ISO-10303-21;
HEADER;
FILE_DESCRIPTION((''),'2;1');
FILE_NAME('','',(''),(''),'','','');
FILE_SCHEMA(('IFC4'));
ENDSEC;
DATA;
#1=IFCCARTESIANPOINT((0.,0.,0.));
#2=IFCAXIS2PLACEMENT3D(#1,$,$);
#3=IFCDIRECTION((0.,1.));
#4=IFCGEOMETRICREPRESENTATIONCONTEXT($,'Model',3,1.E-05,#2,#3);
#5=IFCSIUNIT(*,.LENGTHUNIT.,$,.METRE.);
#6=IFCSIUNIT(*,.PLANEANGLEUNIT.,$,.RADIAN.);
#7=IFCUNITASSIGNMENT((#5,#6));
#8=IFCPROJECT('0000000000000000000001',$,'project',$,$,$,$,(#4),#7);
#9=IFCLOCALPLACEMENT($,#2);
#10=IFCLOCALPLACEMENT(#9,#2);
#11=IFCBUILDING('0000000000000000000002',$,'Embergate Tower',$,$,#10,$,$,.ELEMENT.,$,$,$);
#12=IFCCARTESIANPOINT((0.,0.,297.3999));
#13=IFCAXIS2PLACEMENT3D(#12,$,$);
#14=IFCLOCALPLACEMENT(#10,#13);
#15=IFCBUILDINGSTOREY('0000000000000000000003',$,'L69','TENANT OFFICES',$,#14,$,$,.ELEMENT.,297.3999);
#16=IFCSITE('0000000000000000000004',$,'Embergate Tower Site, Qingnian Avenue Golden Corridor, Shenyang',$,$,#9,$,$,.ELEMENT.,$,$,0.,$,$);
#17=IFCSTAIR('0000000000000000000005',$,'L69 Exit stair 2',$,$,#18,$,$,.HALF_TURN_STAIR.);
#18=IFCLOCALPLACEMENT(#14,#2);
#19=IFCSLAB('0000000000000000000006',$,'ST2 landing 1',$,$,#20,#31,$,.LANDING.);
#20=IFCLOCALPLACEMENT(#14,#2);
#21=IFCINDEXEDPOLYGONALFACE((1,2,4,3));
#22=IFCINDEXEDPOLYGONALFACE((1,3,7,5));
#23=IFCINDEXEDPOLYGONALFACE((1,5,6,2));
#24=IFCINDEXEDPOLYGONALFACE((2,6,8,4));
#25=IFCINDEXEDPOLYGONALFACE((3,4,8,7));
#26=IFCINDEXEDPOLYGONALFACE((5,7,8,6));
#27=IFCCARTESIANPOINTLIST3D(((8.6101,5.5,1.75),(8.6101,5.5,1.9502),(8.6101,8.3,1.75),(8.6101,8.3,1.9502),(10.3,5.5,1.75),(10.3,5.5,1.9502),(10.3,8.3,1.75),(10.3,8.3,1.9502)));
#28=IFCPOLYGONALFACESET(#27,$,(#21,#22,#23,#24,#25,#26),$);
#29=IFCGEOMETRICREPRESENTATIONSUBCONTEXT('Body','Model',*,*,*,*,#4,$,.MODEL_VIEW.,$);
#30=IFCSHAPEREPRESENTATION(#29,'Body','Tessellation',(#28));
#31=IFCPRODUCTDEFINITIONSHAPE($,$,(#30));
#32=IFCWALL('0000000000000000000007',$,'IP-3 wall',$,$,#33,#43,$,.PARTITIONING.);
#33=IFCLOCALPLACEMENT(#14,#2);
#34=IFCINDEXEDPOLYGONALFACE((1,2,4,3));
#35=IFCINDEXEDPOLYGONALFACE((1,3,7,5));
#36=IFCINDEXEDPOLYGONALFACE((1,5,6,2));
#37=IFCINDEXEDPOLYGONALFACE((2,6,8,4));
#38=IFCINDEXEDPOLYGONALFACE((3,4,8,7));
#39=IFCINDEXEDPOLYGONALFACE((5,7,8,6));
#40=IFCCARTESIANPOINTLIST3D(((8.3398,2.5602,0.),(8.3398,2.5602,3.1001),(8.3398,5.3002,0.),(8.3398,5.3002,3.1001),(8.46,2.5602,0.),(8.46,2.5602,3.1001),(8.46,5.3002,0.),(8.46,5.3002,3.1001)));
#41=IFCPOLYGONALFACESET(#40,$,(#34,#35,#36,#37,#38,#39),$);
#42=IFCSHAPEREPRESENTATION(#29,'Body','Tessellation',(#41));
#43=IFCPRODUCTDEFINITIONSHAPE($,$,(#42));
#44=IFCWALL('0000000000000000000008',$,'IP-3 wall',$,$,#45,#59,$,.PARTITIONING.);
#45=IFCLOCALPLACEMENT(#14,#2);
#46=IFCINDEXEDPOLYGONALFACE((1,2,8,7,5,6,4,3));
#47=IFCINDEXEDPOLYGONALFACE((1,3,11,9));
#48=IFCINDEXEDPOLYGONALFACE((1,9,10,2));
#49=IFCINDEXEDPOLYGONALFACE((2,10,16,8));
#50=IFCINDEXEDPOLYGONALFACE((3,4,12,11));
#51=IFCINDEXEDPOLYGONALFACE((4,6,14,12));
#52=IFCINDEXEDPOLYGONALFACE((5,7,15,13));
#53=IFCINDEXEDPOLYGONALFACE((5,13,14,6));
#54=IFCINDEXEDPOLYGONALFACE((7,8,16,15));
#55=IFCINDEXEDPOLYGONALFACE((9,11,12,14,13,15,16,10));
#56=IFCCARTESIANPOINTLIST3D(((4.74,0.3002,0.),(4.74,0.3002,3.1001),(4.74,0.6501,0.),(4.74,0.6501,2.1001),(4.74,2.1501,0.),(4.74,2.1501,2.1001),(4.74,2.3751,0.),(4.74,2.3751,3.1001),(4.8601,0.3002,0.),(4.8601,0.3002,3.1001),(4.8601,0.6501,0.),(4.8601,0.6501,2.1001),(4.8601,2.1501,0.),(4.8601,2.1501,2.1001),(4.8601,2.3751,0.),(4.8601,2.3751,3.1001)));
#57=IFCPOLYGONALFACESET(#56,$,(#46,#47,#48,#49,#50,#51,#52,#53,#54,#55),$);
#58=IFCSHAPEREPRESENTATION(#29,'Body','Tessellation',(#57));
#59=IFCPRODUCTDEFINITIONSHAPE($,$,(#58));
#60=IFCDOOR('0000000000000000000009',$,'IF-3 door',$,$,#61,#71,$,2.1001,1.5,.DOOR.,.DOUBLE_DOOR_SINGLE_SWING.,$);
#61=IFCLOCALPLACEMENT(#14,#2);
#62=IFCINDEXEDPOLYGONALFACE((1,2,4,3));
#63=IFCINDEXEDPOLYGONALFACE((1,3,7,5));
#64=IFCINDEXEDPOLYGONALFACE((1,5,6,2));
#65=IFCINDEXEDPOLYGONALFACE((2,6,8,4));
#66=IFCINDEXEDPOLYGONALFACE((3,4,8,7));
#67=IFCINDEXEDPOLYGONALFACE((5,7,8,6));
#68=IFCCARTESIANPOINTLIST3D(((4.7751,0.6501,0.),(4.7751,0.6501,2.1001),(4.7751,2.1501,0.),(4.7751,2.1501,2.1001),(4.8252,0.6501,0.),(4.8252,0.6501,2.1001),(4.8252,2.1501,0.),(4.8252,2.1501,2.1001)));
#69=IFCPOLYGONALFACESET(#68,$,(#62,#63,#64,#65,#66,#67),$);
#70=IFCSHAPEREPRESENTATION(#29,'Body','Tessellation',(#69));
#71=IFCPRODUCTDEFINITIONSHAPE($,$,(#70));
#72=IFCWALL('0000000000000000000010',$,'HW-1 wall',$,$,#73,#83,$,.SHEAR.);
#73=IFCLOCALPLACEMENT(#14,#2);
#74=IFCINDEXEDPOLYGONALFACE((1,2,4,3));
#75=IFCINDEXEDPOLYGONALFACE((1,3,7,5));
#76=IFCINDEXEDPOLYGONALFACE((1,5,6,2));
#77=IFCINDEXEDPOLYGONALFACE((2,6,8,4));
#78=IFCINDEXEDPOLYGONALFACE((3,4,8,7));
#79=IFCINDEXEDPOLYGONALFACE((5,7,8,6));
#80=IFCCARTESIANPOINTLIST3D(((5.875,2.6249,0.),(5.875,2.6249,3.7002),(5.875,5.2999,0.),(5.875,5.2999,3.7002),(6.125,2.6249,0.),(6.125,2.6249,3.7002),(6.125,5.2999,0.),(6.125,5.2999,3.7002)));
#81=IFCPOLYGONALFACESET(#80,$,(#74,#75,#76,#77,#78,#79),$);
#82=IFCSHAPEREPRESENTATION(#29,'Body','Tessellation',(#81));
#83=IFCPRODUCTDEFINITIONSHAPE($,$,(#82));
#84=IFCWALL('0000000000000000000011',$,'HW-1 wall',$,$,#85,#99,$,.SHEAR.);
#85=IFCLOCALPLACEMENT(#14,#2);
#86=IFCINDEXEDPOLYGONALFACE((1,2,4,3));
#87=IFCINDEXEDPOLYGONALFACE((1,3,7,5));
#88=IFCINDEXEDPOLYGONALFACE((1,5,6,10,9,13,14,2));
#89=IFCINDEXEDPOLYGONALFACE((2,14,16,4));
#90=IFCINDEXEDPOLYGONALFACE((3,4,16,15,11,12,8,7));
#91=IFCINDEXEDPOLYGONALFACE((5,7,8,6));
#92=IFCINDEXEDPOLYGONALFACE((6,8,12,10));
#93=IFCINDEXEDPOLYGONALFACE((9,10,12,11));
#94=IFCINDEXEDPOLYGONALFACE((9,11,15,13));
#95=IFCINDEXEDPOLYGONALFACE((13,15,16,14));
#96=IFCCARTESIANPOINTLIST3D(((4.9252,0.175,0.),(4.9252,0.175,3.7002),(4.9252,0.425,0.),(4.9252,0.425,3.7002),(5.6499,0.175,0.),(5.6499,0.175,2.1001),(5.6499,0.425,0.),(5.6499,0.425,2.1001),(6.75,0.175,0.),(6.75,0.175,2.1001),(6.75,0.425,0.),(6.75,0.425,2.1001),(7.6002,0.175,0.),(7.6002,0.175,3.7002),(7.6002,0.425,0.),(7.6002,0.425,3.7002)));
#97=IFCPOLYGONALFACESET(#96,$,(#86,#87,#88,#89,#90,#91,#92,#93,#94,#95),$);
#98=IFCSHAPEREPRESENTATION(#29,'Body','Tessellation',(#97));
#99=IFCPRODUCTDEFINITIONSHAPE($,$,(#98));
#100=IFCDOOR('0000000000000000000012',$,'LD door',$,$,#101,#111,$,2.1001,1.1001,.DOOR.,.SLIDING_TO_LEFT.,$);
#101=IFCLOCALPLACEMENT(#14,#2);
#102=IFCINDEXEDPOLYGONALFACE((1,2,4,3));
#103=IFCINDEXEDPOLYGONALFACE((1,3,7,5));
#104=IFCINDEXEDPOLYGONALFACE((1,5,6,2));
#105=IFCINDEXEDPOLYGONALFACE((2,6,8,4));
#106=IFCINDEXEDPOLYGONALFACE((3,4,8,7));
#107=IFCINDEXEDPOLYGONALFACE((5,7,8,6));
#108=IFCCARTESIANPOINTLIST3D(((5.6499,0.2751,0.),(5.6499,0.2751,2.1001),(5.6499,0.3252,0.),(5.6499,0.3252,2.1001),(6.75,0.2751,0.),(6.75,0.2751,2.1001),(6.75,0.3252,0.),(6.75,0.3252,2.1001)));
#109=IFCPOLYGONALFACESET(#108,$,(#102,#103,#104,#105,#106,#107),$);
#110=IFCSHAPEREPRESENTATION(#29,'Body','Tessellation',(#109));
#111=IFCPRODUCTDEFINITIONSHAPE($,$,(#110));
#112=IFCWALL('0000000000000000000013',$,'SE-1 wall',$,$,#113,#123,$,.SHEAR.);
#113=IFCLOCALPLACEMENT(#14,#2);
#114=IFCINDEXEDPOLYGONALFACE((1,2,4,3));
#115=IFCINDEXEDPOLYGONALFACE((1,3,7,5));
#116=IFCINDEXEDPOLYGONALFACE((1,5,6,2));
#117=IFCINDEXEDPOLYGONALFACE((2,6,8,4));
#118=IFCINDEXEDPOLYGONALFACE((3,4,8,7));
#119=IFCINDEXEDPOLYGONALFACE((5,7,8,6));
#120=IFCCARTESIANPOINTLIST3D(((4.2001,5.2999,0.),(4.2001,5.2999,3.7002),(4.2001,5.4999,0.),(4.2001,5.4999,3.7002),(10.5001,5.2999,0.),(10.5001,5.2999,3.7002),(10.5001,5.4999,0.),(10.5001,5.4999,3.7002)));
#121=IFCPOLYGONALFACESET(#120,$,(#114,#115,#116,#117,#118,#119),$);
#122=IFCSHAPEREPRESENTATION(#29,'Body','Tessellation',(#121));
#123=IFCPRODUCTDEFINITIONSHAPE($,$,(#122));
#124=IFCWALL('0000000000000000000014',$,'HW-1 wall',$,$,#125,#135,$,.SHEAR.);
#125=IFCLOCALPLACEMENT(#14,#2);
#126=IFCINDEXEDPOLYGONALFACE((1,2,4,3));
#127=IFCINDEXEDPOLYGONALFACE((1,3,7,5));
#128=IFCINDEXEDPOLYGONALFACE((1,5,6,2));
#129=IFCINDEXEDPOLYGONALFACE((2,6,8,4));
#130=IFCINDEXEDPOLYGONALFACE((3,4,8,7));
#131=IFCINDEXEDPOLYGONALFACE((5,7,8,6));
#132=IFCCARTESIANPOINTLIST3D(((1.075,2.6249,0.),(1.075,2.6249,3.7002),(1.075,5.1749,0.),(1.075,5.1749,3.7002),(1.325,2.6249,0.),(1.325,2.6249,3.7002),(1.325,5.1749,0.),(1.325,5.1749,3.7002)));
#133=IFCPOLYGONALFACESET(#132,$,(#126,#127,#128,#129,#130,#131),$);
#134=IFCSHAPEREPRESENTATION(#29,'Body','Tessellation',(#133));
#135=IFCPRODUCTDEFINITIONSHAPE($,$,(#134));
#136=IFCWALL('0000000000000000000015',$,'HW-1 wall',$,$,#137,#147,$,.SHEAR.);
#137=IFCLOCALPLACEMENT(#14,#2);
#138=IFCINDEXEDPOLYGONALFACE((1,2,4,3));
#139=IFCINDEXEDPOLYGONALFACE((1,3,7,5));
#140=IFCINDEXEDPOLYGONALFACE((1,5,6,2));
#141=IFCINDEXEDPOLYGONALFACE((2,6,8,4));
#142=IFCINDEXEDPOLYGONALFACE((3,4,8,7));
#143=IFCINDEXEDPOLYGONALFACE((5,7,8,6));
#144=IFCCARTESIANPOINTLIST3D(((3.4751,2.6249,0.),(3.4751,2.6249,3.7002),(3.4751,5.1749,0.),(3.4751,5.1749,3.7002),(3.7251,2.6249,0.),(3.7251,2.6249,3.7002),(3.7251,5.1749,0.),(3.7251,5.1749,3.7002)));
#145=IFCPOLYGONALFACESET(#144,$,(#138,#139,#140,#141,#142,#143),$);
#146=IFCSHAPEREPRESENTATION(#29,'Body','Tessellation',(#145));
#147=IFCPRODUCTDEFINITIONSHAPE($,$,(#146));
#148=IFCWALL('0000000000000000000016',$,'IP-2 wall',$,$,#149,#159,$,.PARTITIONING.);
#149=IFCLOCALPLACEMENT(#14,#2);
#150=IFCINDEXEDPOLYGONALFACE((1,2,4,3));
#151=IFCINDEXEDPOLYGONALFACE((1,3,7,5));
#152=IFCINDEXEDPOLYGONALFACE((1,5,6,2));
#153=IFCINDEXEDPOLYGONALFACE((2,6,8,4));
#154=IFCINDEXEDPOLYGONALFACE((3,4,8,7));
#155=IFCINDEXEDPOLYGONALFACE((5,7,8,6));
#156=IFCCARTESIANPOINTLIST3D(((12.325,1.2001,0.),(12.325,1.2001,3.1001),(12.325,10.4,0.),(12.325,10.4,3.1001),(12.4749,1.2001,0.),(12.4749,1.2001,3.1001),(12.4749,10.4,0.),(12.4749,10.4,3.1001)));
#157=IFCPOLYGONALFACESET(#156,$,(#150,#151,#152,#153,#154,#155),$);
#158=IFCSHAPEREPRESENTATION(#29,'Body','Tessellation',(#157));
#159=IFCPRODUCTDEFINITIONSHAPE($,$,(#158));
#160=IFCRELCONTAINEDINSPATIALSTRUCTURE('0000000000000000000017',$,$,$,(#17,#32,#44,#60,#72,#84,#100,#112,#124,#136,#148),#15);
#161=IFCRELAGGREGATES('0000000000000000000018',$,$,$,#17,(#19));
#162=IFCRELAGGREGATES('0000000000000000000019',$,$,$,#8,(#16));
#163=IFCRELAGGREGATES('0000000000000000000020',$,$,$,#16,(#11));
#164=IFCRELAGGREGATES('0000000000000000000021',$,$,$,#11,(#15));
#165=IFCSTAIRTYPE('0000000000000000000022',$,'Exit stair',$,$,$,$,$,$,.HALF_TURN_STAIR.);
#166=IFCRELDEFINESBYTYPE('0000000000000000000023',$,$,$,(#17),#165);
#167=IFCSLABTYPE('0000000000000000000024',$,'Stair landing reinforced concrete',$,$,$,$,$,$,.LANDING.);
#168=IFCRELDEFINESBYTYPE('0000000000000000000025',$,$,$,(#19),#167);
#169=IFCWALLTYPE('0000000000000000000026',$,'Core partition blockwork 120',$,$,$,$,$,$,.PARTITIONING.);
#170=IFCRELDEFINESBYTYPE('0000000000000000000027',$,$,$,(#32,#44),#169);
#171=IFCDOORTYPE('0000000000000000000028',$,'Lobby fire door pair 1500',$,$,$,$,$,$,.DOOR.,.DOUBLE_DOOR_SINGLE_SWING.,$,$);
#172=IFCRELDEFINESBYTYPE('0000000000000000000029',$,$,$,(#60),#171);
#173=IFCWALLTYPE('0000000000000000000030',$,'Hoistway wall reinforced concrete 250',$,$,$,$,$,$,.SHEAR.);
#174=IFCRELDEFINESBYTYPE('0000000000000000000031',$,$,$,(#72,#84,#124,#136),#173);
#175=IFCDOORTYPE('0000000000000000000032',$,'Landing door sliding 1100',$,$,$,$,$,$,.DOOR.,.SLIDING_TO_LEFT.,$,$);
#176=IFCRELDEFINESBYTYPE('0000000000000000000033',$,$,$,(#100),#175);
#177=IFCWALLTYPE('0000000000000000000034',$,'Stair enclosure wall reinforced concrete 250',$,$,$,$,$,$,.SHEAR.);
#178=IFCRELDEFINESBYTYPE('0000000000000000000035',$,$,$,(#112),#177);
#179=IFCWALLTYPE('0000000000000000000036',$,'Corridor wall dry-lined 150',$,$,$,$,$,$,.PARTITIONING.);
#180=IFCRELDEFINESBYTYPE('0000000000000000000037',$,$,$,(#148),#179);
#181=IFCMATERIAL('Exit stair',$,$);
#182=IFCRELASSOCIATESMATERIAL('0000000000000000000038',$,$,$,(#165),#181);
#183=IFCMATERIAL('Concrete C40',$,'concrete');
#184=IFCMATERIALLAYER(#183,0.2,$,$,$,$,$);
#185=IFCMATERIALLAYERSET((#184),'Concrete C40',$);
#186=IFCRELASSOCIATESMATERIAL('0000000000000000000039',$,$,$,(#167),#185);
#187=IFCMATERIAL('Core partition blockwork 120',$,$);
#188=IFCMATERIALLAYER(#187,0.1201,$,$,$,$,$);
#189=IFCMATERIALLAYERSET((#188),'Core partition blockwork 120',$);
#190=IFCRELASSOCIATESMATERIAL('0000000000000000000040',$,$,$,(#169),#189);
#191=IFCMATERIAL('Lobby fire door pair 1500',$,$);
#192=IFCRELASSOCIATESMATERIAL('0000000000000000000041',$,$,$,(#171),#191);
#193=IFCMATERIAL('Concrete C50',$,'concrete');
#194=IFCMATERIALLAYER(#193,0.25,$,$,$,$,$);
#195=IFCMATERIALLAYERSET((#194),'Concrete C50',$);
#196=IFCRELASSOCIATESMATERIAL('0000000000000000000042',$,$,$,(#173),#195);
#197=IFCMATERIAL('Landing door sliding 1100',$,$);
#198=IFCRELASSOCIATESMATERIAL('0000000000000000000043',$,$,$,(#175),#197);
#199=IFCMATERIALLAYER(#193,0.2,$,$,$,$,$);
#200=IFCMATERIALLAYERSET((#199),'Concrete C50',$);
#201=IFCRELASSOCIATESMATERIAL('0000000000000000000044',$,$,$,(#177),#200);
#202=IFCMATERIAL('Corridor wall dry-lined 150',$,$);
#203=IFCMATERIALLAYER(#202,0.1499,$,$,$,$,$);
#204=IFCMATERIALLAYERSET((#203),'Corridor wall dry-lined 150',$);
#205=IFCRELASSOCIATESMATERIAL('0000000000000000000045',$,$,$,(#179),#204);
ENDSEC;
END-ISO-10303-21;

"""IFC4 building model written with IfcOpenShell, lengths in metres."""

from ifc_helpers import new_model, si_unit, direction, frame, frame_2d, origin, place, context, subcontext, project, spatial, polyline, rectangle, outline, extrude, source, transform, mapped, material, layer, layer_set, type_object, element, fill, aggregate, save


model = new_model("IFC4")

# Units and contexts
model_context = context("Model", 3, precision=1e-05, world=origin(), true_north=direction((0.0, 1.0)))
body_context = subcontext(model_context, "Body", "Model", "MODEL_VIEW")
ifc_project = project(units=[si_unit("LENGTHUNIT", "METRE"), si_unit("PLANEANGLEUNIT", "RADIAN")], contexts=[model_context])

# Site, building, storey
site_placement = place(None, origin())
site = spatial("IfcSite", under=ifc_project, at=site_placement, Name="Embergate Tower Site, Qingnian Avenue Golden Corridor, Shenyang", CompositionType="ELEMENT", RefElevation=0.0)
building_placement = place(site_placement, origin())
building = spatial("IfcBuilding", under=site, at=building_placement, Name="Embergate Tower", CompositionType="ELEMENT")
storey_placement = place(building_placement, frame((0.0, 0.0, 297.3999)))
storey = spatial("IfcBuildingStorey", under=building, at=storey_placement, Name="L69", Description="TENANT OFFICES", CompositionType="ELEMENT", Elevation=297.3999)

# Stair, slab
ifc_material_1 = material(Name="Exit stair")
stair_type = type_object("IfcStairType", Name="Exit stair", PredefinedType="HALF_TURN_STAIR", material=ifc_material_1)
stair_placement = place(storey_placement, origin())
stair = element("IfcStair", 1, at=stair_placement, inside=storey, type_object=stair_type, Name="L69 Exit stair 2", PredefinedType="HALF_TURN_STAIR")
ifc_material_2 = material(Name="Concrete C40", Category="concrete")
ifc_layer_1 = layer(ifc_material_2, 0.2)
ifc_layer_set_1 = layer_set([ifc_layer_1], Name="Concrete C40")
slab_type = type_object("IfcSlabType", Name="Stair landing reinforced concrete", PredefinedType="LANDING", material=ifc_layer_set_1)
shared_shape_1 = source(origin(), body_context, "Body", "SweptSolid", [
    extrude(outline(polyline([(0.0, 0.0), (1.6899, 0.0), (1.6899, 2.8), (0.0, 2.8), (0.0, 0.0)])), origin(), (0.0, 0.0, 1.0), 0.2002),
])
slab_placement = place(storey_placement, frame((8.6101, 5.5, 1.75)))
slab = element("IfcSlab", 2, at=slab_placement, type_object=slab_type, Name="ST2 landing 1", PredefinedType="LANDING", context=body_context, shape_type="MappedRepresentation", body=[
    mapped(shared_shape_1, transform((0.0, 0.0, 0.0))),
])
aggregate(stair, [slab])

# Wall
ifc_material_3 = material(Name="Core partition blockwork 120")
ifc_layer_2 = layer(ifc_material_3, 0.1201)
ifc_layer_set_2 = layer_set([ifc_layer_2], Name="Core partition blockwork 120")
wall_type_1 = type_object("IfcWallType", Name="Core partition blockwork 120", PredefinedType="PARTITIONING", material=ifc_layer_set_2)
shared_shape_2 = source(origin(), body_context, "Body", "SweptSolid", [
    extrude(rectangle(XDim=2.74, YDim=0.1201, at=frame_2d((1.3701, 0.0))), origin(), (0.0, 0.0, 1.0), 3.1001),
])
wall_1_placement = place(storey_placement, frame((8.3999, 2.5601, 0.0), z_axis=(0.0, 0.0, 1.0), x_axis=(0.0, 1.0, 0.0)))
element("IfcWall", 3, at=wall_1_placement, inside=storey, type_object=wall_type_1, Name="IP-3 wall", PredefinedType="PARTITIONING", context=body_context, shape_type="MappedRepresentation", body=[
    mapped(shared_shape_2, transform((0.0, 0.0, 0.0))),
])

# Wall, opening, door
shared_shape_3 = source(origin(), body_context, "Body", "SweptSolid", [
    extrude(rectangle(XDim=2.075, YDim=0.1201, at=frame_2d((1.0376, 0.0))), origin(), (0.0, 0.0, 1.0), 3.1001),
])
wall_2_placement = place(storey_placement, frame((4.8, 0.3, 0.0), z_axis=(0.0, 0.0, 1.0), x_axis=(0.0, 1.0, 0.0)))
wall_2 = element("IfcWall", 4, at=wall_2_placement, inside=storey, type_object=wall_type_1, Name="IP-3 wall", PredefinedType="PARTITIONING", context=body_context, shape_type="MappedRepresentation", body=[
    mapped(shared_shape_3, transform((0.0, 0.0, 0.0))),
])
shared_shape_4 = source(origin(), body_context, "Body", "SweptSolid", [
    extrude(rectangle(XDim=1.5, YDim=2.1001, at=frame_2d((0.75, 1.05))), frame((0.0, 0.0701, 0.0), z_axis=(0.0, -1.0, 0.0), x_axis=(1.0, 0.0, 0.0)), (0.0, 0.0, 1.0), 0.1401),
])
opening_1_placement = place(wall_2_placement, frame((0.3501, 0.0, 0.0)))
opening_1 = element("IfcOpeningElement", 5, at=opening_1_placement, cuts=wall_2, PredefinedType="OPENING", context=body_context, shape_type="MappedRepresentation", body=[
    mapped(shared_shape_4, transform((0.0, 0.0, 0.0))),
])
ifc_material_4 = material(Name="Lobby fire door pair 1500")
door_type_1 = type_object("IfcDoorType", Name="Lobby fire door pair 1500", OperationType="DOUBLE_DOOR_SINGLE_SWING", PredefinedType="DOOR", material=ifc_material_4)
shared_shape_5 = source(origin(), body_context, "Body", "SweptSolid", [
    extrude(rectangle(XDim=1.5, YDim=2.1001, at=frame_2d((0.75, 1.05))), frame((0.0, 0.0249, 0.0), z_axis=(0.0, -1.0, 0.0), x_axis=(1.0, 0.0, 0.0)), (0.0, 0.0, 1.0), 0.05),
])
door_1_placement = place(opening_1_placement, origin())
door_1 = element("IfcDoor", 6, at=door_1_placement, inside=storey, type_object=door_type_1, Name="IF-3 door", OperationType="DOUBLE_DOOR_SINGLE_SWING", OverallHeight=2.1001, OverallWidth=1.5, PredefinedType="DOOR", context=body_context, shape_type="MappedRepresentation", body=[
    mapped(shared_shape_5, transform((0.0, 0.0, 0.0))),
])
fill(opening_1, door_1)

# Wall
ifc_material_5 = material(Name="Concrete C50", Category="concrete")
ifc_layer_3 = layer(ifc_material_5, 0.25)
ifc_layer_set_3 = layer_set([ifc_layer_3], Name="Concrete C50")
wall_type_2 = type_object("IfcWallType", Name="Hoistway wall reinforced concrete 250", PredefinedType="SHEAR", material=ifc_layer_set_3)
shared_shape_6 = source(origin(), body_context, "Body", "SweptSolid", [
    extrude(rectangle(XDim=2.675, YDim=0.25, at=frame_2d((1.3374, 0.0))), origin(), (0.0, 0.0, 1.0), 3.7002),
])
wall_3_placement = place(storey_placement, frame((6.0, 2.625, 0.0), z_axis=(0.0, 0.0, 1.0), x_axis=(0.0, 1.0, 0.0)))
element("IfcWall", 7, at=wall_3_placement, inside=storey, type_object=wall_type_2, Name="HW-1 wall", PredefinedType="SHEAR", context=body_context, shape_type="MappedRepresentation", body=[
    mapped(shared_shape_6, transform((0.0, 0.0, 0.0))),
])

# Wall, opening, door
wall_4_placement = place(storey_placement, frame((7.6001, 0.3, 0.0), z_axis=(0.0, 0.0, 1.0), x_axis=(-1.0, 0.0, 0.0)))
wall_4 = element("IfcWall", 8, at=wall_4_placement, inside=storey, type_object=wall_type_2, Name="HW-1 wall", PredefinedType="SHEAR", context=body_context, shape_type="MappedRepresentation", body=[
    mapped(shared_shape_6, transform((0.0, 0.0, 0.0))),
])
shared_shape_7 = source(origin(), body_context, "Body", "SweptSolid", [
    extrude(rectangle(XDim=1.1001, YDim=2.1001, at=frame_2d((0.55, 1.05))), frame((0.0, 0.135, 0.0), z_axis=(0.0, -1.0, 0.0), x_axis=(1.0, 0.0, 0.0)), (0.0, 0.0, 1.0), 0.27),
])
opening_2_placement = place(wall_4_placement, frame((0.8501, 0.0, 0.0)))
opening_2 = element("IfcOpeningElement", 9, at=opening_2_placement, cuts=wall_4, PredefinedType="OPENING", context=body_context, shape_type="MappedRepresentation", body=[
    mapped(shared_shape_7, transform((0.0, 0.0, 0.0))),
])
ifc_material_6 = material(Name="Landing door sliding 1100")
door_type_2 = type_object("IfcDoorType", Name="Landing door sliding 1100", OperationType="SLIDING_TO_LEFT", PredefinedType="DOOR", material=ifc_material_6)
shared_shape_8 = source(origin(), body_context, "Body", "SweptSolid", [
    extrude(rectangle(XDim=1.1001, YDim=2.1001, at=frame_2d((0.55, 1.05))), frame((0.0, 0.0249, 0.0), z_axis=(0.0, -1.0, 0.0), x_axis=(1.0, 0.0, 0.0)), (0.0, 0.0, 1.0), 0.05),
])
door_2_placement = place(opening_2_placement, origin())
door_2 = element("IfcDoor", 10, at=door_2_placement, inside=storey, type_object=door_type_2, Name="LD door", OperationType="SLIDING_TO_LEFT", OverallHeight=2.1001, OverallWidth=1.1001, PredefinedType="DOOR", context=body_context, shape_type="MappedRepresentation", body=[
    mapped(shared_shape_8, transform((0.0, 0.0, 0.0))),
])
fill(opening_2, door_2)

# Walls
ifc_layer_4 = layer(ifc_material_5, 0.2)
ifc_layer_set_4 = layer_set([ifc_layer_4], Name="Concrete C50")
wall_type_3 = type_object("IfcWallType", Name="Stair enclosure wall reinforced concrete 250", PredefinedType="SHEAR", material=ifc_layer_set_4)
shared_shape_9 = source(origin(), body_context, "Body", "SweptSolid", [
    extrude(rectangle(XDim=6.3, YDim=0.2, at=frame_2d((3.1499, 0.0))), origin(), (0.0, 0.0, 1.0), 3.7002),
])
wall_5_placement = place(storey_placement, frame((10.5, 5.3999, 0.0), z_axis=(0.0, 0.0, 1.0), x_axis=(-1.0, 0.0, 0.0)))
element("IfcWall", 11, at=wall_5_placement, inside=storey, type_object=wall_type_3, Name="SE-1 wall", PredefinedType="SHEAR", context=body_context, shape_type="MappedRepresentation", body=[
    mapped(shared_shape_9, transform((0.0, 0.0, 0.0))),
])
shared_shape_10 = source(origin(), body_context, "Body", "SweptSolid", [
    extrude(rectangle(XDim=2.55, YDim=0.25, at=frame_2d((1.2749, 0.0))), origin(), (0.0, 0.0, 1.0), 3.7002),
])
for number, where, z_axis, x_axis, name in (
    (12, (1.2, 2.625, 0.0), (0.0, 0.0, 1.0), (0.0, 1.0, 0.0), "HW-1 wall"),
    (13, (3.6001, 2.625, 0.0), (0.0, 0.0, 1.0), (0.0, 1.0, 0.0), "HW-1 wall"),
):
    element("IfcWall", number, at=place(storey_placement, frame(where, z_axis=z_axis, x_axis=x_axis)), inside=storey, type_object=wall_type_2, Name=name, PredefinedType="SHEAR", context=body_context, shape_type="MappedRepresentation", body=[
        mapped(shared_shape_10, transform((0.0, 0.0, 0.0))),
    ])
ifc_material_7 = material(Name="Corridor wall dry-lined 150")
ifc_layer_5 = layer(ifc_material_7, 0.1499)
ifc_layer_set_5 = layer_set([ifc_layer_5], Name="Corridor wall dry-lined 150")
wall_type_4 = type_object("IfcWallType", Name="Corridor wall dry-lined 150", PredefinedType="PARTITIONING", material=ifc_layer_set_5)
shared_shape_11 = source(origin(), body_context, "Body", "SweptSolid", [
    extrude(rectangle(XDim=9.2, YDim=0.1499, at=frame_2d((4.6001, 0.0))), origin(), (0.0, 0.0, 1.0), 3.1001),
])
wall_6_placement = place(storey_placement, frame((12.3999, 1.2, 0.0), z_axis=(0.0, 0.0, 1.0), x_axis=(0.0, 1.0, 0.0)))
element("IfcWall", 14, at=wall_6_placement, inside=storey, type_object=wall_type_4, Name="IP-2 wall", PredefinedType="PARTITIONING", context=body_context, shape_type="MappedRepresentation", body=[
    mapped(shared_shape_11, transform((0.0, 0.0, 0.0))),
])

save(model, "model.ifc")
